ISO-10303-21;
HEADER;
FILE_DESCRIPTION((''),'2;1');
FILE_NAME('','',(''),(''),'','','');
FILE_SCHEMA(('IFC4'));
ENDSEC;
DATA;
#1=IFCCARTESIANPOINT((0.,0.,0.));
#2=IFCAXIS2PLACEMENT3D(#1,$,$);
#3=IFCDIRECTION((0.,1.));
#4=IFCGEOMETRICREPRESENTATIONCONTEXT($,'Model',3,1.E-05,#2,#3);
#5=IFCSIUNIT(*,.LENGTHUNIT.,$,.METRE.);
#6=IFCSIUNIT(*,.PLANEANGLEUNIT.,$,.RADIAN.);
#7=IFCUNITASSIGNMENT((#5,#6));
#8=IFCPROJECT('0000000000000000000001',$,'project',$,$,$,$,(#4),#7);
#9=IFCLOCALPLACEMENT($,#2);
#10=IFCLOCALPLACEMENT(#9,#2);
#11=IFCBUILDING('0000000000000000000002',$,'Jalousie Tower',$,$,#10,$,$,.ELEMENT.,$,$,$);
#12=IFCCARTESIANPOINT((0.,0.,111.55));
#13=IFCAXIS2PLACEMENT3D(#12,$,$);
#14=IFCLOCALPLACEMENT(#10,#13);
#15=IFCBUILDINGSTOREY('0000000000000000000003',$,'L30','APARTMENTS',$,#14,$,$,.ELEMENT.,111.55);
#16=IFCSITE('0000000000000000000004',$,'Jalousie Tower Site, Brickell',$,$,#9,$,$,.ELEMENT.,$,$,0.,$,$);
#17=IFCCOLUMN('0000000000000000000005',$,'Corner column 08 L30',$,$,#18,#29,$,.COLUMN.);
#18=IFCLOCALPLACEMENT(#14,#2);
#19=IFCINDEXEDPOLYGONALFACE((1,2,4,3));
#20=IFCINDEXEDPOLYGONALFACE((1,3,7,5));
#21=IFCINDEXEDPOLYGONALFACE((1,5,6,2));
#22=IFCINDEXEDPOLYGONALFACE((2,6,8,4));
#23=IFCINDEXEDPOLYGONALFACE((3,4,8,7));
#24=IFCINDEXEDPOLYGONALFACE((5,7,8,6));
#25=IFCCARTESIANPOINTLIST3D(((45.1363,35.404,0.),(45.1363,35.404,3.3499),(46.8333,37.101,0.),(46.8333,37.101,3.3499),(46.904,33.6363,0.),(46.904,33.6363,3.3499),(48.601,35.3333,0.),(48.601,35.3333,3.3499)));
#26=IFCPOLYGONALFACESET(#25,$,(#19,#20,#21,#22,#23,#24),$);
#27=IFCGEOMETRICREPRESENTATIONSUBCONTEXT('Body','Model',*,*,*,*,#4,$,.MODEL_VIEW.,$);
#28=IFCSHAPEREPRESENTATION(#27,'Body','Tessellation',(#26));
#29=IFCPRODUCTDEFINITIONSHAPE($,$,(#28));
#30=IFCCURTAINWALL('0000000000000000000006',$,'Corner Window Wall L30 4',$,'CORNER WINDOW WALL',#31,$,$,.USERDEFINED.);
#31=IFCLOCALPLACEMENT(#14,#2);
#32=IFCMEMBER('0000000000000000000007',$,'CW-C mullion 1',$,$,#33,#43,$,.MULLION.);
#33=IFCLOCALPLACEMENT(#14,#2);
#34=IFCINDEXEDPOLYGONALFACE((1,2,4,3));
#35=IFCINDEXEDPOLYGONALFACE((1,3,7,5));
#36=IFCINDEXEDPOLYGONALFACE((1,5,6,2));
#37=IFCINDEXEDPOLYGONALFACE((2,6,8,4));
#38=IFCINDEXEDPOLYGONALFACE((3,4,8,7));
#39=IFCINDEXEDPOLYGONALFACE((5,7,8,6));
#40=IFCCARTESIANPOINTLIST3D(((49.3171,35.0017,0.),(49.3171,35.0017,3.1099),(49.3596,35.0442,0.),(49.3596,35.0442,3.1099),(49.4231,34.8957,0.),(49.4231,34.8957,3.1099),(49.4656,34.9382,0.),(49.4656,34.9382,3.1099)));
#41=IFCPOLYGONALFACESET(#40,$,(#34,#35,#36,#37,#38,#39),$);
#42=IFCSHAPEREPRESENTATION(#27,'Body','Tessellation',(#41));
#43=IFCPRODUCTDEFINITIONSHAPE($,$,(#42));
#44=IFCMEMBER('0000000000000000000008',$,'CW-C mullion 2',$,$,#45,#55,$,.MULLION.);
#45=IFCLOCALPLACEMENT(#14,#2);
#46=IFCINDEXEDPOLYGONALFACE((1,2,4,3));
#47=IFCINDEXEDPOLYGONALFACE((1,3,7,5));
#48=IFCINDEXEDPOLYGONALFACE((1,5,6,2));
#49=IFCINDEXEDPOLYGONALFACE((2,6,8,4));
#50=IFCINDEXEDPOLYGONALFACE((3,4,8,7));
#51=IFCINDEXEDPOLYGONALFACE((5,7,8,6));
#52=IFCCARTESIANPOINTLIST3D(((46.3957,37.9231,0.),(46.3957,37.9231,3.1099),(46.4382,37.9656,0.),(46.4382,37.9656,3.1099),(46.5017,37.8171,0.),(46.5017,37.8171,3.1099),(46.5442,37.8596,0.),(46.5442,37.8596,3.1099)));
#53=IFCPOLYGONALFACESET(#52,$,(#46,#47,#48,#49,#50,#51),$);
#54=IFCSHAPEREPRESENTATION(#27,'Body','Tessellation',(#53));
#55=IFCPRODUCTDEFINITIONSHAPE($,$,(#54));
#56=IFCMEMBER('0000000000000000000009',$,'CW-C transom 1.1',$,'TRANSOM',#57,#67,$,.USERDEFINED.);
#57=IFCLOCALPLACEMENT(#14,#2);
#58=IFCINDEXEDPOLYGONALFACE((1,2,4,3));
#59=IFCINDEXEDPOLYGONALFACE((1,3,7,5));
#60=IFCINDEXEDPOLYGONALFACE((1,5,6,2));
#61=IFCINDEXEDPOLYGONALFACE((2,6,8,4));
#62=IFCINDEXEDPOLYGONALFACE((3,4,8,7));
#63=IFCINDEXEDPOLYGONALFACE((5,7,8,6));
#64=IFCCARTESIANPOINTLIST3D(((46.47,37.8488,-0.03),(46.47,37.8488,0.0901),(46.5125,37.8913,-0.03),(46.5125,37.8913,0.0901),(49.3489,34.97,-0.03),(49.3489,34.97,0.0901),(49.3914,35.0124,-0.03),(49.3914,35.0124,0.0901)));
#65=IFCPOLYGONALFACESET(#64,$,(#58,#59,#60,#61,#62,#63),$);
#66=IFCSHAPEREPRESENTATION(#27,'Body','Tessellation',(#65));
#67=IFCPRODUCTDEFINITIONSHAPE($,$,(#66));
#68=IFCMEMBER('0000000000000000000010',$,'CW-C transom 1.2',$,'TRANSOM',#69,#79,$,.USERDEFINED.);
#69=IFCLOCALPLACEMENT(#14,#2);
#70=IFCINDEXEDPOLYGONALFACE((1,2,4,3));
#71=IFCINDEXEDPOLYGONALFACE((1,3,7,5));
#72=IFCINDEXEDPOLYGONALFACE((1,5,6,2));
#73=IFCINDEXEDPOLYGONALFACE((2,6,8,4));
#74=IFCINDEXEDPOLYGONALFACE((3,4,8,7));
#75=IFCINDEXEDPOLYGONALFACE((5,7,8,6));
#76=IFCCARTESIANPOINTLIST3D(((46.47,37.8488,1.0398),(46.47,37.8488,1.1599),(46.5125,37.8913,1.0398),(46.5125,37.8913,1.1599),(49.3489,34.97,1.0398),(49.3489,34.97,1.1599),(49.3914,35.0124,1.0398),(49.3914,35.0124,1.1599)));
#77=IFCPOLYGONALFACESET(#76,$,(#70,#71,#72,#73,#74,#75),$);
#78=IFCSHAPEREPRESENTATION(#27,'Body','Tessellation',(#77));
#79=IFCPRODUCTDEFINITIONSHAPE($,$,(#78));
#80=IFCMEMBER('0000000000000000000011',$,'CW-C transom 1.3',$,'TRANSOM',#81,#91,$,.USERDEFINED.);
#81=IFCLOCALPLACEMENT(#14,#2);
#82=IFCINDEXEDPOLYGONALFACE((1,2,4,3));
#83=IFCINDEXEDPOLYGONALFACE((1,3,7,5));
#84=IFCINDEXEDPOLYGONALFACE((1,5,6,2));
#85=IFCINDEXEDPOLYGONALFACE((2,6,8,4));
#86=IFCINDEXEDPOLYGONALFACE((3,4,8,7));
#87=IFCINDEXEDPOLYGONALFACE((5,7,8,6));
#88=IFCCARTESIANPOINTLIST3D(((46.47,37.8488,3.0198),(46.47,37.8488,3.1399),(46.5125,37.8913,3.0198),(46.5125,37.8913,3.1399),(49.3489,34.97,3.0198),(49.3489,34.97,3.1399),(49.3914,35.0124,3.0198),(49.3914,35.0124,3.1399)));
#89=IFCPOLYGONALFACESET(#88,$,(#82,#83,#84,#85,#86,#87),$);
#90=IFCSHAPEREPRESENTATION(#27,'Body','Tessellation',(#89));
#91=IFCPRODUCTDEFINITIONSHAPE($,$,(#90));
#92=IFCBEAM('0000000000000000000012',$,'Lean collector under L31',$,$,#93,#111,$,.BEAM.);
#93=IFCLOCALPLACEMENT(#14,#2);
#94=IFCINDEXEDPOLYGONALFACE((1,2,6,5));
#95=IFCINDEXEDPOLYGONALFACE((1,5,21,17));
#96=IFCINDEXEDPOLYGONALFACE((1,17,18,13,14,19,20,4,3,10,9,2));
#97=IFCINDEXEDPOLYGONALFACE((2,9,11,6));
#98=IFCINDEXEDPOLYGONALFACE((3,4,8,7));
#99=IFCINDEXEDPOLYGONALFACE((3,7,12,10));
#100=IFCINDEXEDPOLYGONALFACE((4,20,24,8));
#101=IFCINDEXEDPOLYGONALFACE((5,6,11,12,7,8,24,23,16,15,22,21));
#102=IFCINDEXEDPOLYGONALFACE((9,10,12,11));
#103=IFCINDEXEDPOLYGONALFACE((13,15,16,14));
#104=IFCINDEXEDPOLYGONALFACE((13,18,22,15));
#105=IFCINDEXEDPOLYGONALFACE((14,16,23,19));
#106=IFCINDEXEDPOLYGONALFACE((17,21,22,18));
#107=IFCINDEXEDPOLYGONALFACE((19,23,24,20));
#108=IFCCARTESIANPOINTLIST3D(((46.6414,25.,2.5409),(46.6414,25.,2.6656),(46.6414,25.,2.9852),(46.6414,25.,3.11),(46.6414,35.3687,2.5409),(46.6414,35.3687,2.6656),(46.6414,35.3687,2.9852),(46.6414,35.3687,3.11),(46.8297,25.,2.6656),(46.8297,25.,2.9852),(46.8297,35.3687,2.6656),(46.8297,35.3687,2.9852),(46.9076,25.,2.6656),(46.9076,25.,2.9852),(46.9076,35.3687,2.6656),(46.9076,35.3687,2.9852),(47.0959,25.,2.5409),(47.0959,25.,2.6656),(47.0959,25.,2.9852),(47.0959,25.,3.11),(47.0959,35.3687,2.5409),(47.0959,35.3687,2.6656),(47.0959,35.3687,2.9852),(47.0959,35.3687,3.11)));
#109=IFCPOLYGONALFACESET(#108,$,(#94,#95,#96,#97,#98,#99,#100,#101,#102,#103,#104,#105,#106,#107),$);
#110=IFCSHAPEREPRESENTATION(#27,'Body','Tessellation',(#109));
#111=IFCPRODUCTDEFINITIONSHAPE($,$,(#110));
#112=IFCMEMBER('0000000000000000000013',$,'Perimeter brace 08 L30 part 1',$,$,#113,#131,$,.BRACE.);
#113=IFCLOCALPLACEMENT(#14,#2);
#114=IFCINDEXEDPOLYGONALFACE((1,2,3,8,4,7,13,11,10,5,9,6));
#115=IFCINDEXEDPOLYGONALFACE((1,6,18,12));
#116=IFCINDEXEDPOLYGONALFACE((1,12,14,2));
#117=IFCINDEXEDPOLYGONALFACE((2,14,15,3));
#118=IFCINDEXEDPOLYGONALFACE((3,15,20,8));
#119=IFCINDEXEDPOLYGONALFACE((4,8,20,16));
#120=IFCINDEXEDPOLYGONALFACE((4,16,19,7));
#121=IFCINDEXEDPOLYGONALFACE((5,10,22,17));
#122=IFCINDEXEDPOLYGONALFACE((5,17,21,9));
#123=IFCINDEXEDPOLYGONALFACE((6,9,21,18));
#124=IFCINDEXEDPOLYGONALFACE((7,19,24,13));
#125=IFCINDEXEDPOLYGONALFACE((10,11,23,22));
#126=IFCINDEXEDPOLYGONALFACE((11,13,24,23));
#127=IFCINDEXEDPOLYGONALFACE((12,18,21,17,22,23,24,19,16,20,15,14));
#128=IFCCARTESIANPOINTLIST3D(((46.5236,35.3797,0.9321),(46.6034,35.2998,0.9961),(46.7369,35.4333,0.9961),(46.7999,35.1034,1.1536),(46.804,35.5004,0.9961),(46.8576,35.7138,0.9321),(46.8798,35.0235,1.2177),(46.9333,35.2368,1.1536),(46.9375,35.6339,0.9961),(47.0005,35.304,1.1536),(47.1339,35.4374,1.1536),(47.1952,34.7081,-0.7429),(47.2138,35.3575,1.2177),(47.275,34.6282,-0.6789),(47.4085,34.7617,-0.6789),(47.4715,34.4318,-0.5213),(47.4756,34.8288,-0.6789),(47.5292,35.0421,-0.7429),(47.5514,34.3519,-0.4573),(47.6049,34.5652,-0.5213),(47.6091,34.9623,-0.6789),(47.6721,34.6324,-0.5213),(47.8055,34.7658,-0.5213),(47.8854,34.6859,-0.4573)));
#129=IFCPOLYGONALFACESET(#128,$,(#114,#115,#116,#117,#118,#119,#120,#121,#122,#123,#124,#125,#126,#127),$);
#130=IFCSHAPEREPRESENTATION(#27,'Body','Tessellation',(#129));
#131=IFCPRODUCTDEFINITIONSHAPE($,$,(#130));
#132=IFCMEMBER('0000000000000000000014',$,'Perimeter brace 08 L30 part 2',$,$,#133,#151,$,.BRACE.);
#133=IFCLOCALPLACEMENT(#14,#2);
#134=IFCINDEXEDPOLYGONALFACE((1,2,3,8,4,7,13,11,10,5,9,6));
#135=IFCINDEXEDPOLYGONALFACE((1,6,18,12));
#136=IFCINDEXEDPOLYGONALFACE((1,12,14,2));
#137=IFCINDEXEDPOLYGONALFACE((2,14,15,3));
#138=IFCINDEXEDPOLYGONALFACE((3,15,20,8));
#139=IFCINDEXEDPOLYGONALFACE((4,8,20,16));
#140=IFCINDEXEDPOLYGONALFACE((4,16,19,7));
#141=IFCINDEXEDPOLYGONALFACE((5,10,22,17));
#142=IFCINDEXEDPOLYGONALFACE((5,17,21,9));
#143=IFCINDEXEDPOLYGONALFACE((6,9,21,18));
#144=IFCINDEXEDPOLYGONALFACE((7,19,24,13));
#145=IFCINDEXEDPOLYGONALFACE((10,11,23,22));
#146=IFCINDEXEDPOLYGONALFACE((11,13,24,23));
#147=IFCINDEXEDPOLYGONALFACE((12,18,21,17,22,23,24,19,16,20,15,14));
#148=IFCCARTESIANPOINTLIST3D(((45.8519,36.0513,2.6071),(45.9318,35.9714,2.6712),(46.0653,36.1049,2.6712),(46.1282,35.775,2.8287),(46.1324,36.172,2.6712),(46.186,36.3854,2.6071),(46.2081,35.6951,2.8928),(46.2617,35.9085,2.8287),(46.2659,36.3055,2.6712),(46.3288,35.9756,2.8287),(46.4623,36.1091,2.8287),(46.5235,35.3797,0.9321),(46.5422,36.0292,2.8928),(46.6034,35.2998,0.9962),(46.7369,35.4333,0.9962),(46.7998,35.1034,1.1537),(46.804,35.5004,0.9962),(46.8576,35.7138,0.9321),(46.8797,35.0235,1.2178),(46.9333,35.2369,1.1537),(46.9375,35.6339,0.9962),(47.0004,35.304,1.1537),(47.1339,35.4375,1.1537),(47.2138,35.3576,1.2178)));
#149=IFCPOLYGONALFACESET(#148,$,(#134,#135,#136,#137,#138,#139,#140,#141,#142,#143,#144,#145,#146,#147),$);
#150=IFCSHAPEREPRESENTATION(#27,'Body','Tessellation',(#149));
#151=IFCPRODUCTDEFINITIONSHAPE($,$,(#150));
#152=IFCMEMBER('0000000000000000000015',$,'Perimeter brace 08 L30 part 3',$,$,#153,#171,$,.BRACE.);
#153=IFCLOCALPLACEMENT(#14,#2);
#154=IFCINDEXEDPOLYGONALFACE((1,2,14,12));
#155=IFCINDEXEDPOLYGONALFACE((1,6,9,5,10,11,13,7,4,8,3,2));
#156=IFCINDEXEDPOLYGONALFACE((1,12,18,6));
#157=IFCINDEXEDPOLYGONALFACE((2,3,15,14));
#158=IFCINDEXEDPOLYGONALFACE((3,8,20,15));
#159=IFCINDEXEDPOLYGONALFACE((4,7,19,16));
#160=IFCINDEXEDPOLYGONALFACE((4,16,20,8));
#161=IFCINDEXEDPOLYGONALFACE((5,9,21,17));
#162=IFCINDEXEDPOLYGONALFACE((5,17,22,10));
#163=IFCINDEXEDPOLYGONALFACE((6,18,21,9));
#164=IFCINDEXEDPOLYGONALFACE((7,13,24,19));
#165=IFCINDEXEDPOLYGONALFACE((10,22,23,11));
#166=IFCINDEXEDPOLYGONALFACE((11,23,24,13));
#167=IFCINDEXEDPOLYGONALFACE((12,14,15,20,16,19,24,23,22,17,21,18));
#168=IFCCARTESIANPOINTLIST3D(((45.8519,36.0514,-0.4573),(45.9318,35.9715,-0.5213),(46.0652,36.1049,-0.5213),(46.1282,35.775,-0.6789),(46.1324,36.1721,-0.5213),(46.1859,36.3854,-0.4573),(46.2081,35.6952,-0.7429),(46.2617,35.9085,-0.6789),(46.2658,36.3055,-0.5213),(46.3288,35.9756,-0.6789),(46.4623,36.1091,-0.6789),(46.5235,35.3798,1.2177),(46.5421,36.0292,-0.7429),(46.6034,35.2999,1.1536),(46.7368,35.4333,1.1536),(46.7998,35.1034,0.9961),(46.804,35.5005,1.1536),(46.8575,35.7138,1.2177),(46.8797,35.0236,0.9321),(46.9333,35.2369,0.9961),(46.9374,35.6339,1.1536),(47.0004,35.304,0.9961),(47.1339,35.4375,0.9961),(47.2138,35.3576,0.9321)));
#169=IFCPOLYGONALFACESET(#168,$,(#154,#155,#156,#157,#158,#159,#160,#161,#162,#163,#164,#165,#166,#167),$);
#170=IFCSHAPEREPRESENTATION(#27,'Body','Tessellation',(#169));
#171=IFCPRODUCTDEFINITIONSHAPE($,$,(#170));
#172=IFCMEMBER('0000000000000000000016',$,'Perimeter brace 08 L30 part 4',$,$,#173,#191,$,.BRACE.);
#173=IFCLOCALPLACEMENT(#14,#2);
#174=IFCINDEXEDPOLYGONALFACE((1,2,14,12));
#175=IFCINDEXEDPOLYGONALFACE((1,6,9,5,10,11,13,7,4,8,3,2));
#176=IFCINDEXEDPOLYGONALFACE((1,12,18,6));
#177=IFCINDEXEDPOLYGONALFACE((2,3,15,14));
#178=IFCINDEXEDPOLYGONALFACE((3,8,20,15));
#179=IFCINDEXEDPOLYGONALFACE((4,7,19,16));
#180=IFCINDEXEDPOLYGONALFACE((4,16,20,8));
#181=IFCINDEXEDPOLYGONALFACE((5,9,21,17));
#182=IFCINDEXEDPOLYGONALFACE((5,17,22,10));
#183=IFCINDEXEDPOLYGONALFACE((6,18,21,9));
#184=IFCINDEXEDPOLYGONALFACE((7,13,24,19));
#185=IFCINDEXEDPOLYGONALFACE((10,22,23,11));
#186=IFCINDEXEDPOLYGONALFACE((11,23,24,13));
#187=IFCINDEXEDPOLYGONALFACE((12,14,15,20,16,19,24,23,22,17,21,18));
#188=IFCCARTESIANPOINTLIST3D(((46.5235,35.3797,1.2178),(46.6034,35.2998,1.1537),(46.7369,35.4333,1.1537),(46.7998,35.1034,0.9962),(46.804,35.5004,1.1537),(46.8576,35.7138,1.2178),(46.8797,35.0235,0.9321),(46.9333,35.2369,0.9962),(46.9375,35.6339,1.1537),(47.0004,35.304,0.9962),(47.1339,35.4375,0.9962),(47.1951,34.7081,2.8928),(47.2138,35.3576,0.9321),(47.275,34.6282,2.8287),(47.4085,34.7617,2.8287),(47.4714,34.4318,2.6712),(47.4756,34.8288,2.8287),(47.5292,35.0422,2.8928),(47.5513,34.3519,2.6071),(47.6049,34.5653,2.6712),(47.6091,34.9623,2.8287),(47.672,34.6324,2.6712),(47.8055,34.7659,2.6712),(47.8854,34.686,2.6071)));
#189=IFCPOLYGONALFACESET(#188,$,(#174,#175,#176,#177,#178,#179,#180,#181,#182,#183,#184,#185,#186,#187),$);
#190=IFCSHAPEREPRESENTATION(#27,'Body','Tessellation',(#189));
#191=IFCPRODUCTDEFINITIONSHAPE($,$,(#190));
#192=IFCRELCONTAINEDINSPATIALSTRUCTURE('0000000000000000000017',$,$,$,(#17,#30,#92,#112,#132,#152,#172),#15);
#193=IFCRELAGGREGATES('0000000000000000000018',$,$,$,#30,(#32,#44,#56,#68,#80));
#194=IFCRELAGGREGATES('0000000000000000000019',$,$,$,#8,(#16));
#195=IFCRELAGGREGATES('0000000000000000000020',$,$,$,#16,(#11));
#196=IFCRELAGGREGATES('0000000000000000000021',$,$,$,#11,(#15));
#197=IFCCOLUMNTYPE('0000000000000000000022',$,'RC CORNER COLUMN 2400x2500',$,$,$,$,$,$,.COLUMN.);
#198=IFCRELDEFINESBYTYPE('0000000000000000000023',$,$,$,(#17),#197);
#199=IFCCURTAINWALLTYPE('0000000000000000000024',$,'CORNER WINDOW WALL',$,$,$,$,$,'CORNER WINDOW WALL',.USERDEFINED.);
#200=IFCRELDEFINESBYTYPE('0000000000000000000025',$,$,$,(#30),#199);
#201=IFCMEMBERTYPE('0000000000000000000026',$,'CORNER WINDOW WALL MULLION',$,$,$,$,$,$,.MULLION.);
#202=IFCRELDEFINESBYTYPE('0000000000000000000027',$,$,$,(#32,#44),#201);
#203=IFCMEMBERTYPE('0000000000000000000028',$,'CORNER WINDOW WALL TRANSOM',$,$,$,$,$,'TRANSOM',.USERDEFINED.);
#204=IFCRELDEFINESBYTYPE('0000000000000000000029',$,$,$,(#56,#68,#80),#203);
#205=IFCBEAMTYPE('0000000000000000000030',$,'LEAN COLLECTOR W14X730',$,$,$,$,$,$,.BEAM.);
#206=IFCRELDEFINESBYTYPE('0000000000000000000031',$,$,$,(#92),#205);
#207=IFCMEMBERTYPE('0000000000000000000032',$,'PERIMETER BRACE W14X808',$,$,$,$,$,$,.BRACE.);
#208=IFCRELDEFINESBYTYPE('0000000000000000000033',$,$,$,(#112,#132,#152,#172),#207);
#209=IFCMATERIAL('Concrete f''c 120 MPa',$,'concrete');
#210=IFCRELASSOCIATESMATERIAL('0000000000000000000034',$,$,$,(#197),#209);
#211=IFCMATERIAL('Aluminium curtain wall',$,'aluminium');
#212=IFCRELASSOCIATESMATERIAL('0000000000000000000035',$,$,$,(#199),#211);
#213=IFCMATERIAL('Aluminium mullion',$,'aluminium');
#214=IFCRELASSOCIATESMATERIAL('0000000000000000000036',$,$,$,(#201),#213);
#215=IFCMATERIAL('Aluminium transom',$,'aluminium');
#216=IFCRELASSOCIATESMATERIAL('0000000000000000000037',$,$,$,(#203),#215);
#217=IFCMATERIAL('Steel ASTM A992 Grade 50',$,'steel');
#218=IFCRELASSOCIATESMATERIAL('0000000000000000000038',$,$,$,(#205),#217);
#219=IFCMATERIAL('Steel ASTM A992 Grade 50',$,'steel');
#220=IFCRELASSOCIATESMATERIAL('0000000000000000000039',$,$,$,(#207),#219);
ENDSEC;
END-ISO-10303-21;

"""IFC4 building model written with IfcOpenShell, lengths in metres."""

from ifc_helpers import new_model, si_unit, direction, frame, origin, origin_2d, place, context, subcontext, project, spatial, rectangle, i_section, extrude, material, material_profile, profile_set, type_object, element, aggregate, save


model = new_model("IFC4")

# Units and contexts
model_context = context("Model", 3, precision=1e-05, world=origin(), true_north=direction((0.0, 1.0)))
body_context = subcontext(model_context, "Body", "Model", "MODEL_VIEW")
ifc_project = project(units=[si_unit("LENGTHUNIT", "METRE"), si_unit("PLANEANGLEUNIT", "RADIAN")], contexts=[model_context])

# Site, building, storey
site_placement = place(None, origin())
site = spatial("IfcSite", under=ifc_project, at=site_placement, Name="Jalousie Tower Site, Brickell", CompositionType="ELEMENT", RefElevation=0.0)
building_placement = place(site_placement, origin())
building = spatial("IfcBuilding", under=site, at=building_placement, Name="Jalousie Tower", CompositionType="ELEMENT")
storey_placement = place(building_placement, frame((0.0, 0.0, 111.55)))
storey = spatial("IfcBuildingStorey", under=building, at=storey_placement, Name="L30", Description="APARTMENTS", CompositionType="ELEMENT", Elevation=111.55)

# Column
ifc_material_1 = material(Name="Concrete f'c 120 MPa", Category="concrete")
ifc_material_profile_1 = material_profile(ifc_material_1, rectangle(XDim=2.3999, YDim=2.5, at=origin_2d()), Name="RC 2400x2500")
ifc_profile_set_1 = profile_set([ifc_material_profile_1], Name="Concrete f'c 120 MPa")
column_type = type_object("IfcColumnType", Name="RC CORNER COLUMN 2400x2500", PredefinedType="COLUMN", material=ifc_profile_set_1)
column_placement = place(storey_placement, frame((46.8687, 35.3687, 0.0), z_axis=(0.0, 0.0, 1.0), x_axis=(-0.707107, -0.707107, 0.0)))
element("IfcColumn", 1, at=column_placement, inside=storey, type_object=column_type, Name="Corner column 08 L30", PredefinedType="COLUMN", context=body_context, shape_type="SweptSolid", body=[
    extrude(rectangle(XDim=2.3999, YDim=2.5, at=origin_2d()), origin(), (0.0, 0.0, 1.0), 3.3499),
])

# Curtain wall, members
ifc_material_2 = material(Name="Aluminium curtain wall", Category="aluminium")
curtain_wall_type_1 = type_object("IfcCurtainWallType", Name="CORNER WINDOW WALL", ElementType="CORNER WINDOW WALL", PredefinedType="USERDEFINED", material=ifc_material_2)
curtain_wall_1_placement = place(storey_placement, origin())
curtain_wall_1 = element("IfcCurtainWall", 2, at=curtain_wall_1_placement, inside=storey, type_object=curtain_wall_type_1, Name="Corner Window Wall L30 4", ObjectType="CORNER WINDOW WALL", PredefinedType="USERDEFINED")
ifc_material_3 = material(Name="Aluminium mullion", Category="aluminium")
ifc_material_profile_2 = material_profile(ifc_material_3, rectangle(XDim=0.0601, YDim=0.1499, at=origin_2d()), Name="MULLION 60x150")
ifc_profile_set_2 = profile_set([ifc_material_profile_2], Name="Aluminium mullion")
member_type_1 = type_object("IfcMemberType", Name="CORNER WINDOW WALL MULLION", PredefinedType="MULLION", material=ifc_profile_set_2)
member_1_placement = place(storey_placement, frame((49.3914, 34.97, 0.0), z_axis=(0.0, 0.0, 1.0), x_axis=(-0.707107, -0.707107, 0.0)))
member_1 = element("IfcMember", 3, at=member_1_placement, type_object=member_type_1, Name="CW-C mullion 1", PredefinedType="MULLION", context=body_context, shape_type="SweptSolid", body=[
    extrude(rectangle(XDim=0.0601, YDim=0.1499, at=origin_2d()), origin(), (0.0, 0.0, 1.0), 3.1099),
])
member_2_placement = place(storey_placement, frame((46.47, 37.8914, 0.0), z_axis=(0.0, 0.0, 1.0), x_axis=(-0.707107, -0.707107, 0.0)))
member_2 = element("IfcMember", 4, at=member_2_placement, type_object=member_type_1, Name="CW-C mullion 2", PredefinedType="MULLION", context=body_context, shape_type="SweptSolid", body=[
    extrude(rectangle(XDim=0.0601, YDim=0.1499, at=origin_2d()), origin(), (0.0, 0.0, 1.0), 3.1099),
])
ifc_material_4 = material(Name="Aluminium transom", Category="aluminium")
ifc_material_profile_3 = material_profile(ifc_material_4, rectangle(XDim=0.0601, YDim=0.1201, at=origin_2d()), Name="TRANSOM 60x120")
ifc_profile_set_3 = profile_set([ifc_material_profile_3], Name="Aluminium transom")
member_type_2 = type_object("IfcMemberType", Name="CORNER WINDOW WALL TRANSOM", ElementType="TRANSOM", PredefinedType="USERDEFINED", material=ifc_profile_set_3)
member_3_placement = place(storey_placement, frame((49.3701, 34.9912, 0.03), z_axis=(-0.707107, 0.707107, 0.0), x_axis=(-0.707107, -0.707107, 0.0)))
member_3 = element("IfcMember", 5, at=member_3_placement, type_object=member_type_2, Name="CW-C transom 1.1", ObjectType="TRANSOM", PredefinedType="USERDEFINED", context=body_context, shape_type="SweptSolid", body=[
    extrude(rectangle(XDim=0.0601, YDim=0.1201, at=origin_2d()), origin(), (0.0, 0.0, 1.0), 4.0713),
])
member_4_placement = place(storey_placement, frame((49.3701, 34.9912, 1.0999), z_axis=(-0.707107, 0.707107, 0.0), x_axis=(-0.707107, -0.707107, 0.0)))
member_4 = element("IfcMember", 6, at=member_4_placement, type_object=member_type_2, Name="CW-C transom 1.2", ObjectType="TRANSOM", PredefinedType="USERDEFINED", context=body_context, shape_type="SweptSolid", body=[
    extrude(rectangle(XDim=0.0601, YDim=0.1201, at=origin_2d()), origin(), (0.0, 0.0, 1.0), 4.0713),
])
member_5_placement = place(storey_placement, frame((49.3701, 34.9912, 3.0798), z_axis=(-0.707107, 0.707107, 0.0), x_axis=(-0.707107, -0.707107, 0.0)))
member_5 = element("IfcMember", 7, at=member_5_placement, type_object=member_type_2, Name="CW-C transom 1.3", ObjectType="TRANSOM", PredefinedType="USERDEFINED", context=body_context, shape_type="SweptSolid", body=[
    extrude(rectangle(XDim=0.0601, YDim=0.1201, at=origin_2d()), origin(), (0.0, 0.0, 1.0), 4.0713),
])

# Beam
ifc_material_5 = material(Name="Steel ASTM A992 Grade 50", Category="steel")
ifc_material_profile_4 = material_profile(ifc_material_5, i_section(OverallWidth=0.4546, OverallDepth=0.5691, WebThickness=0.0779, FlangeThickness=0.1248, at=origin_2d()), Name="W14X730")
ifc_profile_set_4 = profile_set([ifc_material_profile_4], Name="Steel ASTM A992 Grade 50")
beam_type_1 = type_object("IfcBeamType", Name="LEAN COLLECTOR W14X730", PredefinedType="BEAM", material=ifc_profile_set_4)
beam_1_placement = place(storey_placement, frame((46.8687, 35.3687, 2.8254), z_axis=(0.0, -1.0, 0.0), x_axis=(1.0, 0.0, 0.0)))
element("IfcBeam", 8, at=beam_1_placement, inside=storey, type_object=beam_type_1, Name="Lean collector under L31", PredefinedType="BEAM", context=body_context, shape_type="SweptSolid", body=[
    extrude(i_section(OverallWidth=0.4546, OverallDepth=0.5691, WebThickness=0.0779, FlangeThickness=0.1248, at=origin_2d()), origin(), (0.0, 0.0, 1.0), 10.3687),
])

# Members
ifc_material_6 = material(Name="Steel ASTM A992 Grade 50", Category="steel")
ifc_material_profile_5 = material_profile(ifc_material_6, i_section(OverallWidth=0.4724, OverallDepth=0.5791, WebThickness=0.095, FlangeThickness=0.1299, at=origin_2d()), Name="W14X808")
ifc_profile_set_5 = profile_set([ifc_material_profile_5], Name="Steel ASTM A992 Grade 50")
member_type_3 = type_object("IfcMemberType", Name="PERIMETER BRACE W14X808", PredefinedType="BRACE", material=ifc_profile_set_5)
for number, where, z_axis, x_axis, name in (
    (9, (47.5403, 34.697, -0.6001), (-0.348789, 0.348789, 0.869881), (-0.707107, -0.707107, 0.0), "Perimeter brace 08 L30 part 1"),
    (10, (46.8687, 35.3687, 1.075), (-0.348789, 0.348789, 0.869881), (-0.707107, -0.707107, 0.0), "Perimeter brace 08 L30 part 2"),
    (11, (46.197, 36.0403, -0.6001), (0.348789, -0.348789, 0.869881), (0.707107, 0.707107, 0.0), "Perimeter brace 08 L30 part 3"),
    (12, (46.8687, 35.3687, 1.075), (0.348789, -0.348789, 0.869881), (0.707107, 0.707107, 0.0), "Perimeter brace 08 L30 part 4"),
):
    element("IfcMember", number, at=place(storey_placement, frame(where, z_axis=z_axis, x_axis=x_axis)), inside=storey, type_object=member_type_3, Name=name, PredefinedType="BRACE", context=body_context, shape_type="SweptSolid", body=[
        extrude(i_section(OverallWidth=0.4724, OverallDepth=0.5791, WebThickness=0.095, FlangeThickness=0.1299, at=origin_2d()), origin(), (0.0, 0.0, 1.0), 1.9255),
    ])

aggregate(curtain_wall_1, [member_1, member_2, member_3, member_4, member_5])

save(model, "model.ifc")
